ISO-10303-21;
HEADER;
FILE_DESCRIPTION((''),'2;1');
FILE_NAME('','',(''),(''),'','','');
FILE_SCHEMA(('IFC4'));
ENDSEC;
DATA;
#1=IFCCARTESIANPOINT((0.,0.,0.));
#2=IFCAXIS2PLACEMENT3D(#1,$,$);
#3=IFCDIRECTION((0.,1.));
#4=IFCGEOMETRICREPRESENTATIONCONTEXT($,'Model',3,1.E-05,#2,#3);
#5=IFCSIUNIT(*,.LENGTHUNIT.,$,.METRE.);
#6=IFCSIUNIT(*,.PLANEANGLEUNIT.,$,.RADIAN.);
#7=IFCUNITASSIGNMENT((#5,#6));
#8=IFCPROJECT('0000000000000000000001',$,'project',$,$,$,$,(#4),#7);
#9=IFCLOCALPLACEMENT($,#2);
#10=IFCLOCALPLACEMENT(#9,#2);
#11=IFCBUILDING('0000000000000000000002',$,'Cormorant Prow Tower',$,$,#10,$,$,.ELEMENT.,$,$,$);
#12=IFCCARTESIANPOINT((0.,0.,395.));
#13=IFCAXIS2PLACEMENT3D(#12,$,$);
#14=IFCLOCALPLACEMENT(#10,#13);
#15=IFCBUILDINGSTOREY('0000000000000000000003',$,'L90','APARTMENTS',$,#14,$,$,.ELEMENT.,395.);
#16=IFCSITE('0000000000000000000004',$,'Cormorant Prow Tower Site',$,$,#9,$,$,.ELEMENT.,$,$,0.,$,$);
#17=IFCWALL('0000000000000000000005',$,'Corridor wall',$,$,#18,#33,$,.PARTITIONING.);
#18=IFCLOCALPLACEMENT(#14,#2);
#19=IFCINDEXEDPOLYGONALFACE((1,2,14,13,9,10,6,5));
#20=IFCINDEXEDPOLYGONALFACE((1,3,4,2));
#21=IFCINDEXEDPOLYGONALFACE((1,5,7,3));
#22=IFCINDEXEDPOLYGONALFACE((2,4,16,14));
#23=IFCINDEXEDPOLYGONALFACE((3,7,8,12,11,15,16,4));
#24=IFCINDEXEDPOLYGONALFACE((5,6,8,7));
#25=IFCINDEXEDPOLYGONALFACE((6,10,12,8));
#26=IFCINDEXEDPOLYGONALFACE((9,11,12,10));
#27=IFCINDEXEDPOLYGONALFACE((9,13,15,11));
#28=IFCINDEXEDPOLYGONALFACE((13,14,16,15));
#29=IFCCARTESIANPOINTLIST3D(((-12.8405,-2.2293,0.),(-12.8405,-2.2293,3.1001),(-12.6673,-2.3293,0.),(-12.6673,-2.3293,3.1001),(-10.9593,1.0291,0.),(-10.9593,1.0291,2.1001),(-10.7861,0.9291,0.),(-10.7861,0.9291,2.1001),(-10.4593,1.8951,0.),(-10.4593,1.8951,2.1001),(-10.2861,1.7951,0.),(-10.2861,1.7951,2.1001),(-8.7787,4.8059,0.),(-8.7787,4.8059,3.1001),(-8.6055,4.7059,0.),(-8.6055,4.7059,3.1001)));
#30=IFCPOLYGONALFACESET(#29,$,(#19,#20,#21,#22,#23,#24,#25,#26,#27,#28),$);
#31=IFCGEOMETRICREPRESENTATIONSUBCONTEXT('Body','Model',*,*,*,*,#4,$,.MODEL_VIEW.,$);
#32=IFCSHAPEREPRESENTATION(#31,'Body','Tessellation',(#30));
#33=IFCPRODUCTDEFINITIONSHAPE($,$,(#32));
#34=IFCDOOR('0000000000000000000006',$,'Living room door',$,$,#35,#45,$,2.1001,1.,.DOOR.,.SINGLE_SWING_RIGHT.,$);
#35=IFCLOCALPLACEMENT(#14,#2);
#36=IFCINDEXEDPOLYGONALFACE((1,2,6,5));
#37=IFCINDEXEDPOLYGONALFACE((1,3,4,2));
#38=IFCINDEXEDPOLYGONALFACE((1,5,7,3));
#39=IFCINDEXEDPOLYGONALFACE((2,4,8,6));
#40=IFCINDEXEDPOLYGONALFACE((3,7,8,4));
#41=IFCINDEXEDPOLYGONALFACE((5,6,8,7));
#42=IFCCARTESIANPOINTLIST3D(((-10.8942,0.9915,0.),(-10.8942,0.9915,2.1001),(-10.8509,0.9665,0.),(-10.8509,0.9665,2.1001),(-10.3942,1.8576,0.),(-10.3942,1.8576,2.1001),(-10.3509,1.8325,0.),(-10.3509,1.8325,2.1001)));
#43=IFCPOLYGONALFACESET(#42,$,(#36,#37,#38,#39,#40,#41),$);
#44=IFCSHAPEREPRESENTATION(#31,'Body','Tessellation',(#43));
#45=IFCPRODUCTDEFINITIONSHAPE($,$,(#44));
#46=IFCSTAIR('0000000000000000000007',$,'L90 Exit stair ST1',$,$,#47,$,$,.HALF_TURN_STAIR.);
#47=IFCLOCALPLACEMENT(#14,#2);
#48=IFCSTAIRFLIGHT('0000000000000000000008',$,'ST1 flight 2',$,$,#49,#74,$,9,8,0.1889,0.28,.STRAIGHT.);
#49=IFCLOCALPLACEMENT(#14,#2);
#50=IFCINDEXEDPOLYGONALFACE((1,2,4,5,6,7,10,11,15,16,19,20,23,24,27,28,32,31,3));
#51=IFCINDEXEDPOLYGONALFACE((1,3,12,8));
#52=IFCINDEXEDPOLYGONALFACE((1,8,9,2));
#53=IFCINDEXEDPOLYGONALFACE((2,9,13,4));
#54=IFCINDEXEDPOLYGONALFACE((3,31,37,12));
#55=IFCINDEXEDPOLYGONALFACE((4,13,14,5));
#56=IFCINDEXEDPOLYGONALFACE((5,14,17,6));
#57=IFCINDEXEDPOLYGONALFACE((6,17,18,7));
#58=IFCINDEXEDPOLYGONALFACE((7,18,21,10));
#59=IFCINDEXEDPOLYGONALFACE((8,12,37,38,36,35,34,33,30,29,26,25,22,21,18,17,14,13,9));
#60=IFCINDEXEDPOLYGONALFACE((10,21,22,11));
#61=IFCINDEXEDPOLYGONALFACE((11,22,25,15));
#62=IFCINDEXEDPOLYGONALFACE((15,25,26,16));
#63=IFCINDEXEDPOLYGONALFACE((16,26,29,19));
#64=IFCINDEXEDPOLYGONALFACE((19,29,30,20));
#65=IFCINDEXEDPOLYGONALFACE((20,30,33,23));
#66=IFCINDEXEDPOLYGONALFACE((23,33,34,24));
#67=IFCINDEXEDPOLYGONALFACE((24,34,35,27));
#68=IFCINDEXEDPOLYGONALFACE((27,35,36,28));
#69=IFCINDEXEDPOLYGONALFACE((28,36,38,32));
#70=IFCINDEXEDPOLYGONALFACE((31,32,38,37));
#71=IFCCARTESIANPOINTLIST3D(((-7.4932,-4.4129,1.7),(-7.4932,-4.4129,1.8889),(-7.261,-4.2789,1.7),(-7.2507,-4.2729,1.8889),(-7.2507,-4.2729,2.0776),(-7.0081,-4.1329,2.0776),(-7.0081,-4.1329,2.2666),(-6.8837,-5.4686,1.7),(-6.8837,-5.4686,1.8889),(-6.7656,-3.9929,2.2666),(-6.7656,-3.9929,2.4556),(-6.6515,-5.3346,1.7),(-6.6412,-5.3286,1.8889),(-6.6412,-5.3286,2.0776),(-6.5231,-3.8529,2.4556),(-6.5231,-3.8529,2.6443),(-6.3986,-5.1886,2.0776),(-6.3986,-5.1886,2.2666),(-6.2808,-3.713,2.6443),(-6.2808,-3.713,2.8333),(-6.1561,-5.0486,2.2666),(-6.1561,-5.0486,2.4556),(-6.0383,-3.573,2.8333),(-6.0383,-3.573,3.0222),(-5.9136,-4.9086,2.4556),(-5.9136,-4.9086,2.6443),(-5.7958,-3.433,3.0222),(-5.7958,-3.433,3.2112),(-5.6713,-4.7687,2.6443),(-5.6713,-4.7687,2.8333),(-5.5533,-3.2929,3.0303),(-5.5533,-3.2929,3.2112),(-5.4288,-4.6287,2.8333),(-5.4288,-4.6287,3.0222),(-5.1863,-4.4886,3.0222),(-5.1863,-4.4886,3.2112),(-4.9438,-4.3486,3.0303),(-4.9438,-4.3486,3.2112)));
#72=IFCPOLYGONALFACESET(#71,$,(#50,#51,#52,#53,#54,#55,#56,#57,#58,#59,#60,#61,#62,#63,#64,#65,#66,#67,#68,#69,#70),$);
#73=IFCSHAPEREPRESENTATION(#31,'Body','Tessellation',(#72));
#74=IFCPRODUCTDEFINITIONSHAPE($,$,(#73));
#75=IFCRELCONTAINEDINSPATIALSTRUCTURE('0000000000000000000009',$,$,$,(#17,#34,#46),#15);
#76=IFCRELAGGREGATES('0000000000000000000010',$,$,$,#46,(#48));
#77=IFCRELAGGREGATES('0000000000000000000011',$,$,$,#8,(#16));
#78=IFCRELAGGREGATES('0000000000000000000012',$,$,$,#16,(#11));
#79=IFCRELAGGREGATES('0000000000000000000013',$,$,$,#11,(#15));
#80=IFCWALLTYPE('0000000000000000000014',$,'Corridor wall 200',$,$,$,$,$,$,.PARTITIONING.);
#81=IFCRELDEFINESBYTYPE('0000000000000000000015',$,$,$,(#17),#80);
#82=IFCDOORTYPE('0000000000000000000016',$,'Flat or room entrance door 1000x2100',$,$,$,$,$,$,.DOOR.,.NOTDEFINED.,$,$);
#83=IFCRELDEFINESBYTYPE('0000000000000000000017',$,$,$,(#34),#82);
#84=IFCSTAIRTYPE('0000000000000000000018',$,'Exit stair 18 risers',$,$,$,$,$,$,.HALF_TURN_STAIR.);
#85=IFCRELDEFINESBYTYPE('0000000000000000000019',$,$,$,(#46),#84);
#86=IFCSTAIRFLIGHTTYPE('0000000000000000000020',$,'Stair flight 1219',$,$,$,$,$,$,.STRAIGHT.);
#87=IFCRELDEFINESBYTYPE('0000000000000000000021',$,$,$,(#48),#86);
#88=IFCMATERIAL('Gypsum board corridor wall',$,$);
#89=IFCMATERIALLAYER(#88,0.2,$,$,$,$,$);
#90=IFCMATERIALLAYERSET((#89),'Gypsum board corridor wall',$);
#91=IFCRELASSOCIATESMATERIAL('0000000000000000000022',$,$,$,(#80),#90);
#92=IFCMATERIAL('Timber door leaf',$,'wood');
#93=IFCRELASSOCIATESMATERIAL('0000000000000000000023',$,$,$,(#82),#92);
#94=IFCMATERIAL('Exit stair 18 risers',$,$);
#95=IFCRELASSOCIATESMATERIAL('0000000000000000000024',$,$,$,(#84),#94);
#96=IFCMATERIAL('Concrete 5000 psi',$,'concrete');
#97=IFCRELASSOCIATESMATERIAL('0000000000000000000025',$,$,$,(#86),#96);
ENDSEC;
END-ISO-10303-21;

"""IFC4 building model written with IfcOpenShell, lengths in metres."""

from ifc_helpers import new_model, si_unit, direction, frame, frame_2d, origin, place, context, subcontext, project, spatial, polyline, rectangle, outline, extrude, material, layer, layer_set, type_object, element, fill, aggregate, save


model = new_model("IFC4")

# Units and contexts
model_context = context("Model", 3, precision=1e-05, world=origin(), true_north=direction((0.0, 1.0)))
body_context = subcontext(model_context, "Body", "Model", "MODEL_VIEW")
ifc_project = project(units=[si_unit("LENGTHUNIT", "METRE"), si_unit("PLANEANGLEUNIT", "RADIAN")], contexts=[model_context])

# Site, building, storey
site_placement = place(None, origin())
site = spatial("IfcSite", under=ifc_project, at=site_placement, Name="Cormorant Prow Tower Site", CompositionType="ELEMENT", RefElevation=0.0)
building_placement = place(site_placement, origin())
building = spatial("IfcBuilding", under=site, at=building_placement, Name="Cormorant Prow Tower", CompositionType="ELEMENT")
storey_placement = place(building_placement, frame((0.0, 0.0, 395.0)))
storey = spatial("IfcBuildingStorey", under=building, at=storey_placement, Name="L90", Description="APARTMENTS", CompositionType="ELEMENT", Elevation=395.0)

# Wall, opening, door
ifc_material_1 = material(Name="Gypsum board corridor wall")
ifc_layer_1 = layer(ifc_material_1, 0.2)
ifc_layer_set_1 = layer_set([ifc_layer_1], Name="Gypsum board corridor wall")
wall_type_1 = type_object("IfcWallType", Name="Corridor wall 200", PredefinedType="PARTITIONING", material=ifc_layer_set_1)
ifc_material_2 = material(Name="Timber door leaf", Category="wood")
door_type_1 = type_object("IfcDoorType", Name="Flat or room entrance door 1000x2100", OperationType="NOTDEFINED", PredefinedType="DOOR", material=ifc_material_2)
wall_1_placement = place(storey_placement, frame((-12.7539, -2.2793, 0.0), z_axis=(0.0, 0.0, 1.0), x_axis=(0.500002, 0.866024, 0.0)))
wall_1 = element("IfcWall", 1, at=wall_1_placement, inside=storey, type_object=wall_type_1, Name="Corridor wall", PredefinedType="PARTITIONING", context=body_context, shape_type="SweptSolid", body=[
    extrude(rectangle(XDim=8.1235, YDim=0.2, at=frame_2d((4.0618, 0.0))), origin(), (0.0, 0.0, 1.0), 3.1001),
])
opening_1_placement = place(wall_1_placement, frame((3.7625, 0.0, 0.0)))
opening_1 = element("IfcOpeningElement", 2, at=opening_1_placement, cuts=wall_1, PredefinedType="OPENING", context=body_context, shape_type="SweptSolid", body=[
    extrude(rectangle(XDim=1.0, YDim=2.1001, at=frame_2d((0.5, 1.05))), frame((0.0, 0.1099, 0.0), z_axis=(0.0, -1.0, 0.0), x_axis=(1.0, 0.0, 0.0)), (0.0, 0.0, 1.0), 0.22),
])
door_1_placement = place(opening_1_placement, origin())
door_1 = element("IfcDoor", 3, at=door_1_placement, inside=storey, type_object=door_type_1, Name="Living room door", OperationType="SINGLE_SWING_RIGHT", OverallHeight=2.1001, OverallWidth=1.0, PredefinedType="DOOR", context=body_context, shape_type="SweptSolid", body=[
    extrude(rectangle(XDim=1.0, YDim=2.1001, at=frame_2d((0.5, 1.05))), frame((0.0, 0.0249, 0.0), z_axis=(0.0, -1.0, 0.0), x_axis=(1.0, 0.0, 0.0)), (0.0, 0.0, 1.0), 0.05),
])
fill(opening_1, door_1)

# Stair, stair flight
ifc_material_3 = material(Name="Exit stair 18 risers")
stair_type = type_object("IfcStairType", Name="Exit stair 18 risers", PredefinedType="HALF_TURN_STAIR", material=ifc_material_3)
stair_placement = place(storey_placement, origin())
stair = element("IfcStair", 4, at=stair_placement, inside=storey, type_object=stair_type, Name="L90 Exit stair ST1", PredefinedType="HALF_TURN_STAIR")
ifc_material_4 = material(Name="Concrete 5000 psi", Category="concrete")
stair_flight_type = type_object("IfcStairFlightType", Name="Stair flight 1219", PredefinedType="STRAIGHT", material=ifc_material_4)
stair_flight_placement = place(storey_placement, frame((-7.1885, -4.9407, 1.7), z_axis=(0.0, 0.0, 1.0), x_axis=(0.866025, 0.5, 0.0)))
stair_flight = element("IfcStairFlight", 5, at=stair_flight_placement, type_object=stair_flight_type, Name="ST1 flight 2", NumberOfRisers=9, NumberOfTreads=8, PredefinedType="STRAIGHT", RiserHeight=0.1889, TreadLength=0.28, context=body_context, shape_type="SweptSolid", body=[
    extrude(outline(polyline([(0.0, 0.0), (0.0, 0.189), (0.28, 0.189), (0.28, 0.3777), (0.5601, 0.3777), (0.5601, 0.5667), (0.8401, 0.5667), (0.8401, 0.7556), (1.1201, 0.7556), (1.1201, 0.9443), (1.3999, 0.9443), (1.3999, 1.1333), (1.6799, 1.1333), (1.6799, 1.3223), (1.96, 1.3223), (1.96, 1.5112), (2.24, 1.5112), (2.24, 1.7), (2.24, 1.3303), (0.2681, 0.0), (0.0, 0.0)])), frame((0.0, 0.6094, 0.0), z_axis=(0.0, -1.0, 0.0), x_axis=(1.0, 0.0, 0.0)), (0.0, 0.0, 1.0), 1.219),
])
aggregate(stair, [stair_flight])

save(model, "model.ifc")
